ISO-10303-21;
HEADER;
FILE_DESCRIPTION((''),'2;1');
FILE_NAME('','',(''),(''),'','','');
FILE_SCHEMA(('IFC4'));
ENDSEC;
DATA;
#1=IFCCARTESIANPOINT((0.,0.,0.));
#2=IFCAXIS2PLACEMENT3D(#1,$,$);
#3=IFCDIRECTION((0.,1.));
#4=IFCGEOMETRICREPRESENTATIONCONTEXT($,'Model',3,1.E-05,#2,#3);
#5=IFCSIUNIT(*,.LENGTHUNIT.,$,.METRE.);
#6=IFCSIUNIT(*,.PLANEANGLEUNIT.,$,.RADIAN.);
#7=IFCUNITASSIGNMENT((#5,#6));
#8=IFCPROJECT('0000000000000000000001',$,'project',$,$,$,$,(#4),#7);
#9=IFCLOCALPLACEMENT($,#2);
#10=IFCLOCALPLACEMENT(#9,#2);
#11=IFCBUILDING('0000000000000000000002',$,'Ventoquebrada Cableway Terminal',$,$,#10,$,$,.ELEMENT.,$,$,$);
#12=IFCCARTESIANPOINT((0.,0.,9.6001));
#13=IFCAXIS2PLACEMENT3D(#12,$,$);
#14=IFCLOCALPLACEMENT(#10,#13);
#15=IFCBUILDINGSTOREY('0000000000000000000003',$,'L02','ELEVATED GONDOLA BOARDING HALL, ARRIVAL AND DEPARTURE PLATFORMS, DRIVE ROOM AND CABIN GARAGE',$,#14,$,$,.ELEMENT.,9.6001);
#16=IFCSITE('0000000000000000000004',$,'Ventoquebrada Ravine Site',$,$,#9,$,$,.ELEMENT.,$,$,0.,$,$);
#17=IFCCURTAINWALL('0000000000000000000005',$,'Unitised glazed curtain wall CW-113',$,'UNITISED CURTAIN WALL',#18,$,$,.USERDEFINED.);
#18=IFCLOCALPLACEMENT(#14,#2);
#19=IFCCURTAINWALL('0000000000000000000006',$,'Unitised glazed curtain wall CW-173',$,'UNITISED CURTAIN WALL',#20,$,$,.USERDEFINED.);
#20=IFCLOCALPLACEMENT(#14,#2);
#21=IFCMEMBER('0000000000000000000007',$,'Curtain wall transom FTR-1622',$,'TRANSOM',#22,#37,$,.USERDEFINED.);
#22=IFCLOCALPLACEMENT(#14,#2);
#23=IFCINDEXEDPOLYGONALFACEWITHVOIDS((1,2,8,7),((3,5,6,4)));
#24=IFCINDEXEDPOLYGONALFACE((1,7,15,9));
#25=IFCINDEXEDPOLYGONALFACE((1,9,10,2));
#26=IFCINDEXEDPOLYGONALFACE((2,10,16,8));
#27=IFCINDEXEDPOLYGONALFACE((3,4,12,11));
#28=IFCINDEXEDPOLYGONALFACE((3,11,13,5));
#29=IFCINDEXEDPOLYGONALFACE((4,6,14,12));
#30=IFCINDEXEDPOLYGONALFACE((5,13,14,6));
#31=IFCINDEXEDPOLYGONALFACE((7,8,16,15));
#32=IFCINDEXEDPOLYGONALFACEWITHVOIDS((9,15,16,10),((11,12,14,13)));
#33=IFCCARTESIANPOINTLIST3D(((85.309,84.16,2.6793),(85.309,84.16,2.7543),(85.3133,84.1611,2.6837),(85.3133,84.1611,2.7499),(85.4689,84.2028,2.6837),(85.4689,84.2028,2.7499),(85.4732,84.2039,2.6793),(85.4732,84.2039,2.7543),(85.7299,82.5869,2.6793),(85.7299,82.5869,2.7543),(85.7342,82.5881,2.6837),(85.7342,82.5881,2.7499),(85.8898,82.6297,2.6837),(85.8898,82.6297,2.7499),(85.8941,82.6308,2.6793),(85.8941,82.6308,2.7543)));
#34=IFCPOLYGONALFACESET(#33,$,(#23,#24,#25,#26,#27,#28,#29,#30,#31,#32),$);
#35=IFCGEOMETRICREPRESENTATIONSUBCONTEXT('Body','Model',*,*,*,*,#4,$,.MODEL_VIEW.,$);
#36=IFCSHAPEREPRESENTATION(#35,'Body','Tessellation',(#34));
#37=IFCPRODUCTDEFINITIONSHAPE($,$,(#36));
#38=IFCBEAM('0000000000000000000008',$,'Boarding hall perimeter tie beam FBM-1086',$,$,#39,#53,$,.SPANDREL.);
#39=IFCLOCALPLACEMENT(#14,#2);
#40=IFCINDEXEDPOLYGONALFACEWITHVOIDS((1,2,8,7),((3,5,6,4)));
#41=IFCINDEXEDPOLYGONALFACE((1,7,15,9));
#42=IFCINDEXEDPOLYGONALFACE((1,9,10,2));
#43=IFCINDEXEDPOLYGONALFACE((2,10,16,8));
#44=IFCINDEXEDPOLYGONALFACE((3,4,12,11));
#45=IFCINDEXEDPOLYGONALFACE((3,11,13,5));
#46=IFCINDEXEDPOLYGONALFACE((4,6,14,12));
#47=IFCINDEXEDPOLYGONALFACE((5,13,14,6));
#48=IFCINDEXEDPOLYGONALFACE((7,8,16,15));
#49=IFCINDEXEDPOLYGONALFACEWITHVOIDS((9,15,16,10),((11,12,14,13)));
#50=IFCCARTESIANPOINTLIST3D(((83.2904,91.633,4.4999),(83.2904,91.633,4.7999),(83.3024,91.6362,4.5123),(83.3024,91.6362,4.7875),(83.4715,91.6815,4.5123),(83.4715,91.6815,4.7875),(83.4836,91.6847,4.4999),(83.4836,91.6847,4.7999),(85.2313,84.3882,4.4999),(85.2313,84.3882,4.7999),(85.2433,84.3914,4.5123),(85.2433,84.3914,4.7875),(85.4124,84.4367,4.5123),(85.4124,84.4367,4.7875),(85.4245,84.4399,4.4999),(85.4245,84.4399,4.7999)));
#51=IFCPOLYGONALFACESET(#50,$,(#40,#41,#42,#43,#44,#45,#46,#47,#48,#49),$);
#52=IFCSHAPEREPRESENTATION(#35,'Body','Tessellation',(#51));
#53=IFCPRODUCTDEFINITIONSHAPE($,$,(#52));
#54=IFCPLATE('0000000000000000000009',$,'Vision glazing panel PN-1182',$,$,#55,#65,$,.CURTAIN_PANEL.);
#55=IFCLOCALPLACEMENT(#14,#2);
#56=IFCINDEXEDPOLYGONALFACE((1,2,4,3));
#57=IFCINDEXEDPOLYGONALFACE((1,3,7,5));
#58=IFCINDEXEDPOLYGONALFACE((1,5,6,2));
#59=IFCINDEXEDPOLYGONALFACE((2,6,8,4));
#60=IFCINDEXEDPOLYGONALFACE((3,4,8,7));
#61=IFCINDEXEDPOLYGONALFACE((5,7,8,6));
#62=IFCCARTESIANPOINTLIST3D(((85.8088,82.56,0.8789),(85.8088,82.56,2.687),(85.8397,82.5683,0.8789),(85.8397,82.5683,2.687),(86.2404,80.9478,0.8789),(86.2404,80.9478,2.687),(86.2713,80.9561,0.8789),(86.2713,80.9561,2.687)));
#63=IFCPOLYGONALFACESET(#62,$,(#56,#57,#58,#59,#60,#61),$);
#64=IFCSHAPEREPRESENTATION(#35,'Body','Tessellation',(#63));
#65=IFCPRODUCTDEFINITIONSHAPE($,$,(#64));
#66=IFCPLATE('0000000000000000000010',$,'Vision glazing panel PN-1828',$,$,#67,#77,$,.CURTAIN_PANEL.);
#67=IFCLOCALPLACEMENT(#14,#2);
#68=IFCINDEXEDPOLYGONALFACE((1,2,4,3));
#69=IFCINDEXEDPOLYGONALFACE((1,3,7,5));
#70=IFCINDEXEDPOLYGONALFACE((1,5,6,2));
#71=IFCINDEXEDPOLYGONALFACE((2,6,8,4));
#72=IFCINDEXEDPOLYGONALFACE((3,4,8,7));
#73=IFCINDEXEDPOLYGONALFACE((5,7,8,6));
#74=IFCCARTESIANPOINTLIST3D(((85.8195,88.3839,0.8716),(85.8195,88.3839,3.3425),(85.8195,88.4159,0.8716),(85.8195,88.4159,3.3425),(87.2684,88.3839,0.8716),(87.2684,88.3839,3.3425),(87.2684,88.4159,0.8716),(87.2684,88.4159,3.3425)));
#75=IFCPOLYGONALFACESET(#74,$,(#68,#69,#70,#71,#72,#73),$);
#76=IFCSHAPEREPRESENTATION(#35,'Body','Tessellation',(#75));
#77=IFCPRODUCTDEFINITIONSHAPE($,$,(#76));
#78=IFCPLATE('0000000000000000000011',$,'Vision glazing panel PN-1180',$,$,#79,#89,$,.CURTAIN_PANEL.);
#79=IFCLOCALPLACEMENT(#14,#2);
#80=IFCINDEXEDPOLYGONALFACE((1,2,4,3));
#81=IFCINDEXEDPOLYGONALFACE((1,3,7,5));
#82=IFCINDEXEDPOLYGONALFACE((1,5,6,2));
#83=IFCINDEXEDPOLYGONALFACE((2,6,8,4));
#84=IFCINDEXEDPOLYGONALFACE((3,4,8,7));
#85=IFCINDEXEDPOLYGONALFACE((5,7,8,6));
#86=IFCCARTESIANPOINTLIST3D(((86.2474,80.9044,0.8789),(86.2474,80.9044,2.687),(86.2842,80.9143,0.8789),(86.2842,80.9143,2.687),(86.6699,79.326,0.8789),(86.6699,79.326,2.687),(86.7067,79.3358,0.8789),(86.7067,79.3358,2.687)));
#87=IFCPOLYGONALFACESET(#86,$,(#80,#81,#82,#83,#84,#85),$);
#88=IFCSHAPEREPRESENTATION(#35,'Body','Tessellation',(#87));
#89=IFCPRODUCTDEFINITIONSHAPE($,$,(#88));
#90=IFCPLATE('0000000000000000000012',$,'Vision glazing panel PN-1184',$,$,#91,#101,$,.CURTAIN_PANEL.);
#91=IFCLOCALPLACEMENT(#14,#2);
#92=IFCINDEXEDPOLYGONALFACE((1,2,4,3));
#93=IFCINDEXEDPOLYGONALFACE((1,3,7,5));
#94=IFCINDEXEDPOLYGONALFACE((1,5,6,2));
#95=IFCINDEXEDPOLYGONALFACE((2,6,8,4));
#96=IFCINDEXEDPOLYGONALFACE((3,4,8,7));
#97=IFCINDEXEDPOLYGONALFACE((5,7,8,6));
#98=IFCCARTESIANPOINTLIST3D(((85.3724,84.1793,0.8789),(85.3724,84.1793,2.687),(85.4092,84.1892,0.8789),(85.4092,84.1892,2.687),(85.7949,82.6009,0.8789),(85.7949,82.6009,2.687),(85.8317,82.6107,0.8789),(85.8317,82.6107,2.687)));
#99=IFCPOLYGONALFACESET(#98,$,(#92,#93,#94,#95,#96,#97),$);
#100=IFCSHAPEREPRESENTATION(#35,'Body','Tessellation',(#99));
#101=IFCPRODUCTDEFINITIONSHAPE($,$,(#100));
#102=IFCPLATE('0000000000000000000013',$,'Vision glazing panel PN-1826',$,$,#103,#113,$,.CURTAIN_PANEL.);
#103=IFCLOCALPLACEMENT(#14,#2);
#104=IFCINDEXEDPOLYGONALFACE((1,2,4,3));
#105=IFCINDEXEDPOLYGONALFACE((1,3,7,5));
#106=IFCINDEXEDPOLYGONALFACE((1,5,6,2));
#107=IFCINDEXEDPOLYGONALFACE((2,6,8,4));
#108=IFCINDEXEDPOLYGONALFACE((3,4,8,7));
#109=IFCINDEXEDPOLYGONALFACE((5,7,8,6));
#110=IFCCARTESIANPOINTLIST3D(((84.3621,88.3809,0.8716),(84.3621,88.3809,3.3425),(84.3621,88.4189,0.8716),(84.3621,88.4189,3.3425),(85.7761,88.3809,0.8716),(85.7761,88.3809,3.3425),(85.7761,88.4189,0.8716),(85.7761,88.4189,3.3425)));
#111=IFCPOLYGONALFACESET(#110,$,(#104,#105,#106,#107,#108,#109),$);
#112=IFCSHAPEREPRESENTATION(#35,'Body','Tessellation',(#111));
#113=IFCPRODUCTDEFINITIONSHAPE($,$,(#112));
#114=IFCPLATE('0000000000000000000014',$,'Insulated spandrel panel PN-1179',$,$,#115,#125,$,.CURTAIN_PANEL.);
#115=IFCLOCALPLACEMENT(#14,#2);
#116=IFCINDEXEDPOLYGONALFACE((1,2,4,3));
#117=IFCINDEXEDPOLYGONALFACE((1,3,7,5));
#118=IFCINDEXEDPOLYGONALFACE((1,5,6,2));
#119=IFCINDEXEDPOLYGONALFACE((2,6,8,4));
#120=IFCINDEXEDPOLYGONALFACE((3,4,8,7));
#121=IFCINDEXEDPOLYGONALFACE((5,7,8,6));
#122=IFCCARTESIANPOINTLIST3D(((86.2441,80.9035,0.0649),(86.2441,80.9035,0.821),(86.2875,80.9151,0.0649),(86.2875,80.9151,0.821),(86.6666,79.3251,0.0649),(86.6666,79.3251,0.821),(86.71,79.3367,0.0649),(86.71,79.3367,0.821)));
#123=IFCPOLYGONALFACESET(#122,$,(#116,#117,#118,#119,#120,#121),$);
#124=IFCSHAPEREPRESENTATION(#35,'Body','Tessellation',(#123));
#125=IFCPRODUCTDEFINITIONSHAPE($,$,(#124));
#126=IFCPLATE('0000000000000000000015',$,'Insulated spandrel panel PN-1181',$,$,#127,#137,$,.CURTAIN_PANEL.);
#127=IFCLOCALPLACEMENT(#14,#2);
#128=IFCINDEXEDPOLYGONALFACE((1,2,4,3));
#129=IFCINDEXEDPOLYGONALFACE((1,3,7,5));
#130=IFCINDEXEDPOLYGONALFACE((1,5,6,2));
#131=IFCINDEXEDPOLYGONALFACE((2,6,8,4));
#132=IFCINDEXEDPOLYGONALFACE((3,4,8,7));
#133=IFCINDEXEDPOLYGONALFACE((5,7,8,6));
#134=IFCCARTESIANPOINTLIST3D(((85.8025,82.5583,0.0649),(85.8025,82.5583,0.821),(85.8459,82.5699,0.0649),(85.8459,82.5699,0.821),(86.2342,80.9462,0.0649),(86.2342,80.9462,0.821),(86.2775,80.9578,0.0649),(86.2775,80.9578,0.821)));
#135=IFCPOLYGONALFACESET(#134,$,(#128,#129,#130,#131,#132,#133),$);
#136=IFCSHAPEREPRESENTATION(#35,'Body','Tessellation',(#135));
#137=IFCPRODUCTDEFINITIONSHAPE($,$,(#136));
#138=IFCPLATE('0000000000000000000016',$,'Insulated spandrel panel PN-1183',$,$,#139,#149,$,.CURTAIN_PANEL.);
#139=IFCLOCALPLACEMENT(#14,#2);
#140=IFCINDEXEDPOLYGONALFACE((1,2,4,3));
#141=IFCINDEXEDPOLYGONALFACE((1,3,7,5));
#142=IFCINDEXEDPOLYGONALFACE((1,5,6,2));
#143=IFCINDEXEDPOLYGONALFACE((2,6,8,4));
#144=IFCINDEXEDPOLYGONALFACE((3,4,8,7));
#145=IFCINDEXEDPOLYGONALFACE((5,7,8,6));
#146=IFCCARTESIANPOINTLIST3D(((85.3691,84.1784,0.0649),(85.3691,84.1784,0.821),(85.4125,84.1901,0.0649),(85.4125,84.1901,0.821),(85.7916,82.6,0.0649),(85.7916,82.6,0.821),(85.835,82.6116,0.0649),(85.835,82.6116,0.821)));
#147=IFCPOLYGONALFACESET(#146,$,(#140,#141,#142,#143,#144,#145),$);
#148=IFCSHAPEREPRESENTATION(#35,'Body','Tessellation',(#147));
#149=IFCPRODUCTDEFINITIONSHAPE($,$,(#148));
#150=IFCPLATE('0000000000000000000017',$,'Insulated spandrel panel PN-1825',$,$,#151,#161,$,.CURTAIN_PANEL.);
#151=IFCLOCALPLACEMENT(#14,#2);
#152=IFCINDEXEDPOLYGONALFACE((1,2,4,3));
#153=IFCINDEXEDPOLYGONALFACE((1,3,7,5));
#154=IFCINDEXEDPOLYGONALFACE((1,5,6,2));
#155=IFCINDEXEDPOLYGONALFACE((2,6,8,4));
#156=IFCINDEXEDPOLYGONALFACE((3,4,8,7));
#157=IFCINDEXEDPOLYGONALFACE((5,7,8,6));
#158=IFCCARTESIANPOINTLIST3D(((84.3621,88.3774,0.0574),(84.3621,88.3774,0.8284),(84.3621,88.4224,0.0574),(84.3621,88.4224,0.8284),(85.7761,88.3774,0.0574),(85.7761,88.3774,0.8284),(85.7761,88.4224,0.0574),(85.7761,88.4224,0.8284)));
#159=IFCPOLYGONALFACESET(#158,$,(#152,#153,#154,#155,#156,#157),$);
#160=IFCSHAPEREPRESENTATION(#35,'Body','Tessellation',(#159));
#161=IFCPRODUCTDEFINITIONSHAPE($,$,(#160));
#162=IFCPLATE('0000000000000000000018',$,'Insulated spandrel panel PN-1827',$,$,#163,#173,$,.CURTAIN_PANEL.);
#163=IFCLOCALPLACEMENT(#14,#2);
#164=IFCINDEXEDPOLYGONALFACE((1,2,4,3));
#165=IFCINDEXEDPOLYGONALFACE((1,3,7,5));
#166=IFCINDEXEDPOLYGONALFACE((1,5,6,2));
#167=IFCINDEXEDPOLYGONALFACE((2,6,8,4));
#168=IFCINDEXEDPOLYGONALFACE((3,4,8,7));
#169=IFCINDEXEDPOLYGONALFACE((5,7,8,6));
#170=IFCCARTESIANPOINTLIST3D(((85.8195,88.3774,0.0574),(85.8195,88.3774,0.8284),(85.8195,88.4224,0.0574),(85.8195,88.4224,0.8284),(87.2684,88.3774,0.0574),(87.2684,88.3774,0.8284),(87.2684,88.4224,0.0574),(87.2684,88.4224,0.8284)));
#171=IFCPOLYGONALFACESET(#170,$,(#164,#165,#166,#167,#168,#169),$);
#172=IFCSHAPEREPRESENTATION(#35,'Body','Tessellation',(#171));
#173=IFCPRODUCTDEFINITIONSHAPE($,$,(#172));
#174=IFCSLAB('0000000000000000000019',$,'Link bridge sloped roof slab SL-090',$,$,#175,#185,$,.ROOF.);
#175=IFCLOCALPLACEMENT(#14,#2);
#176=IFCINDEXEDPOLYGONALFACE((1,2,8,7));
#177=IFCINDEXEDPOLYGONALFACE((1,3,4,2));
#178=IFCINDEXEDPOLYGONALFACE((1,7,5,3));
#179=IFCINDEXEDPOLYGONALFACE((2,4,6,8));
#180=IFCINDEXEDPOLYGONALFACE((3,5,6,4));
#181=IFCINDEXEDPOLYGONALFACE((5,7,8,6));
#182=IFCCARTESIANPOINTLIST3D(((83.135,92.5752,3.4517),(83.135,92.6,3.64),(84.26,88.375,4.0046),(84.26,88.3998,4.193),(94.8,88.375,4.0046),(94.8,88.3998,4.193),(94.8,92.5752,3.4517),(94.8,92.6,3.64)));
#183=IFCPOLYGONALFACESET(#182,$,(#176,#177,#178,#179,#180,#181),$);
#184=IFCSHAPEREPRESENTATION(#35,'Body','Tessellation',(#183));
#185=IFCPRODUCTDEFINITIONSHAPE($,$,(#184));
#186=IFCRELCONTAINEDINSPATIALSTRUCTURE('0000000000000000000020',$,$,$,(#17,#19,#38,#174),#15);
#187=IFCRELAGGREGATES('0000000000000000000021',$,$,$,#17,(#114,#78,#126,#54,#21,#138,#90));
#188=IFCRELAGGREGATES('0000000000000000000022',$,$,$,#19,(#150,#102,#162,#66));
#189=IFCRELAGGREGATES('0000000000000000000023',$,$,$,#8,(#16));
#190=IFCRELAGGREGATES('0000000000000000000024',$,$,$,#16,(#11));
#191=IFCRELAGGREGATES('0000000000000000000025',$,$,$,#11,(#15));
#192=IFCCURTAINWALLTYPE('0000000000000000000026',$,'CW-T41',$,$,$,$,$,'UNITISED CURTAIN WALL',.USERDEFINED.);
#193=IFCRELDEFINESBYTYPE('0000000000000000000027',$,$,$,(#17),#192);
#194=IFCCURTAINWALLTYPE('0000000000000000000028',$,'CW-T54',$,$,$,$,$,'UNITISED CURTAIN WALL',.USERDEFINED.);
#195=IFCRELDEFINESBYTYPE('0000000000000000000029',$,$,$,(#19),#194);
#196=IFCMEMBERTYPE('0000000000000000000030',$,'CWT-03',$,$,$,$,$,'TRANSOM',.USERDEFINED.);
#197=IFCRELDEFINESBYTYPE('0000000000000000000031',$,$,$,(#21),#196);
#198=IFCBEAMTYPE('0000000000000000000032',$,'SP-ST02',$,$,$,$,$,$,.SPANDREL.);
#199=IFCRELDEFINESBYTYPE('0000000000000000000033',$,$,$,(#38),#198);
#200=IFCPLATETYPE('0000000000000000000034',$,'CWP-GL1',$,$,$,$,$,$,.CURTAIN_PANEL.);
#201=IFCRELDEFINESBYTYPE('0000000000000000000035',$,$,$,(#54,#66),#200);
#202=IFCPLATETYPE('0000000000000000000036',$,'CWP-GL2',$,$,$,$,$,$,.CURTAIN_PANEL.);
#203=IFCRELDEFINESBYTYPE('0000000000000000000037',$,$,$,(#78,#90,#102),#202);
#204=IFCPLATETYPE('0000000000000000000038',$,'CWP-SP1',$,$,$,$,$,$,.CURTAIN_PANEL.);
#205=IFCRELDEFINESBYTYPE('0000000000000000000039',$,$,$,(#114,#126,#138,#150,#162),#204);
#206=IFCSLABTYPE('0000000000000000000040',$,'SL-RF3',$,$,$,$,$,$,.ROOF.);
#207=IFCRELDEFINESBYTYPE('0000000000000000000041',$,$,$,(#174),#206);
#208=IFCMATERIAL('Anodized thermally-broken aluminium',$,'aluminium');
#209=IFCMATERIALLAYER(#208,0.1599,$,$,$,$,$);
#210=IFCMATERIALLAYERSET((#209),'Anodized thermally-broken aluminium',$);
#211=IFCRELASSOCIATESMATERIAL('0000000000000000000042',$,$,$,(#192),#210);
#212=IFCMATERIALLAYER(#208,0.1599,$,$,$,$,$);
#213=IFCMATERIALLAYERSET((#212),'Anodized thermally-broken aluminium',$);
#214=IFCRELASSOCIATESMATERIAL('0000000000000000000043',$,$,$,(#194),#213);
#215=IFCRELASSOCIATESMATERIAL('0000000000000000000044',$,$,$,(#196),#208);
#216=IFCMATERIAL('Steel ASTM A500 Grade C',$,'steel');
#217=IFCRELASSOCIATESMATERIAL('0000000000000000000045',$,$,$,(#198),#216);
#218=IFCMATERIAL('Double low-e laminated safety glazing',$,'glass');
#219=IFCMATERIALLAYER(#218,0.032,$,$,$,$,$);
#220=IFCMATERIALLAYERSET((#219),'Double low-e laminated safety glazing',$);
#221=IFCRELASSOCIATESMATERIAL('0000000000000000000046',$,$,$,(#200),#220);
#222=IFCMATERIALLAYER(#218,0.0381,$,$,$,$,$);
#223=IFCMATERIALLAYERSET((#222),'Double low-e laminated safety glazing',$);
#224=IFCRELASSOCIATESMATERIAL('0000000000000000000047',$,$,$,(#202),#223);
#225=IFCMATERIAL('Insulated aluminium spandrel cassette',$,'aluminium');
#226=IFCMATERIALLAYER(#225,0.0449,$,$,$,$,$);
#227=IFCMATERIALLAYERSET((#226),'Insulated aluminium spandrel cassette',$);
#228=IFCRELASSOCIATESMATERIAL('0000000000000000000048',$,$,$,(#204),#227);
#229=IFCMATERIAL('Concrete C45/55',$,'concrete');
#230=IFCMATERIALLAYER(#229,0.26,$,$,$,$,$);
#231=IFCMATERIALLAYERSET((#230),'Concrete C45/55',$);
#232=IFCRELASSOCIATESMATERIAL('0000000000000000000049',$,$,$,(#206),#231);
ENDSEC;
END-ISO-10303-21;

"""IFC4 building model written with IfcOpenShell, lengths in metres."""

from ifc_helpers import new_model, si_unit, direction, frame, origin, origin_2d, place, context, subcontext, project, spatial, polyline, rectangle, hollow_rectangle, outline, extrude, material, layer, layer_set, material_profile, profile_set, type_object, element, aggregate, save


model = new_model("IFC4")

# Units and contexts
model_context = context("Model", 3, precision=1e-05, world=origin(), true_north=direction((0.0, 1.0)))
body_context = subcontext(model_context, "Body", "Model", "MODEL_VIEW")
ifc_project = project(units=[si_unit("LENGTHUNIT", "METRE"), si_unit("PLANEANGLEUNIT", "RADIAN")], contexts=[model_context])

# Site, building, storey
site_placement = place(None, origin())
site = spatial("IfcSite", under=ifc_project, at=site_placement, Name="Ventoquebrada Ravine Site", CompositionType="ELEMENT", RefElevation=0.0)
building_placement = place(site_placement, origin())
building = spatial("IfcBuilding", under=site, at=building_placement, Name="Ventoquebrada Cableway Terminal", CompositionType="ELEMENT")
storey_placement = place(building_placement, frame((0.0, 0.0, 9.6001)))
storey = spatial("IfcBuildingStorey", under=building, at=storey_placement, Name="L02", Description="ELEVATED GONDOLA BOARDING HALL, ARRIVAL AND DEPARTURE PLATFORMS, DRIVE ROOM AND CABIN GARAGE", CompositionType="ELEMENT", Elevation=9.6001)

# Shared definitions
ifc_material_1 = material(Name="Steel ASTM A500 Grade C", Category="steel")

# Curtain walls
ifc_material_2 = material(Name="Anodized thermally-broken aluminium", Category="aluminium")
ifc_layer_1 = layer(ifc_material_2, 0.1599)
ifc_layer_set_1 = layer_set([ifc_layer_1], Name="Anodized thermally-broken aluminium")
curtain_wall_type_1 = type_object("IfcCurtainWallType", Name="CW-T41", ElementType="UNITISED CURTAIN WALL", PredefinedType="USERDEFINED", material=ifc_layer_set_1)
curtain_wall_1_placement = place(storey_placement, origin())
curtain_wall_1 = element("IfcCurtainWall", 1, at=curtain_wall_1_placement, inside=storey, type_object=curtain_wall_type_1, Name="Unitised glazed curtain wall CW-113", ObjectType="UNITISED CURTAIN WALL", PredefinedType="USERDEFINED")
ifc_layer_2 = layer(ifc_material_2, 0.1599)
ifc_layer_set_2 = layer_set([ifc_layer_2], Name="Anodized thermally-broken aluminium")
curtain_wall_type_2 = type_object("IfcCurtainWallType", Name="CW-T54", ElementType="UNITISED CURTAIN WALL", PredefinedType="USERDEFINED", material=ifc_layer_set_2)
curtain_wall_2_placement = place(storey_placement, origin())
curtain_wall_2 = element("IfcCurtainWall", 2, at=curtain_wall_2_placement, inside=storey, type_object=curtain_wall_type_2, Name="Unitised glazed curtain wall CW-173", ObjectType="UNITISED CURTAIN WALL", PredefinedType="USERDEFINED")

# Member
ifc_material_profile_1 = material_profile(ifc_material_2, hollow_rectangle(XDim=0.075, YDim=0.1699, WallThickness=0.0044, at=origin_2d()), Name="CW-TRN-75X170")
ifc_profile_set_1 = profile_set([ifc_material_profile_1], Name="Anodized thermally-broken aluminium")
member_type_1 = type_object("IfcMemberType", Name="CWT-03", ElementType="TRANSOM", PredefinedType="USERDEFINED", material=ifc_profile_set_1)
member_1_placement = place(storey_placement, frame((85.812, 82.6089, 2.7168), z_axis=(-0.258484, 0.966016, 0.0), x_axis=(0.0, 0.0, 1.0)))
member_1 = element("IfcMember", 3, at=member_1_placement, type_object=member_type_1, Name="Curtain wall transom FTR-1622", ObjectType="TRANSOM", PredefinedType="USERDEFINED", context=body_context, shape_type="SweptSolid", body=[
    extrude(hollow_rectangle(XDim=0.075, YDim=0.1699, WallThickness=0.0044, at=origin_2d()), origin(), (0.0, 0.0, 1.0), 1.6284),
])

# Beam
ifc_material_profile_2 = material_profile(ifc_material_1, hollow_rectangle(XDim=0.2, YDim=0.3, WallThickness=0.0125, at=origin_2d()), Name="RHS300X200X12.5")
ifc_profile_set_2 = profile_set([ifc_material_profile_2], Name="Steel ASTM A500 Grade C")
beam_type_1 = type_object("IfcBeamType", Name="SP-ST02", PredefinedType="SPANDREL", material=ifc_profile_set_2)
beam_1_placement = place(storey_placement, frame((85.3279, 84.4141, 4.6499), z_axis=(-0.258777, 0.965937, 0.0), x_axis=(-0.965937, -0.258777, 0.0)))
element("IfcBeam", 4, at=beam_1_placement, inside=storey, type_object=beam_type_1, Name="Boarding hall perimeter tie beam FBM-1086", PredefinedType="SPANDREL", context=body_context, shape_type="SweptSolid", body=[
    extrude(hollow_rectangle(XDim=0.2, YDim=0.3, WallThickness=0.0125, at=origin_2d()), origin(), (0.0, 0.0, 1.0), 7.5002),
])

# Plates
ifc_material_3 = material(Name="Double low-e laminated safety glazing", Category="glass")
ifc_layer_3 = layer(ifc_material_3, 0.032)
ifc_layer_set_3 = layer_set([ifc_layer_3], Name="Double low-e laminated safety glazing")
plate_type_1 = type_object("IfcPlateType", Name="CWP-GL1", PredefinedType="CURTAIN_PANEL", material=ifc_layer_set_3)
plate_1_placement = place(storey_placement, frame((86.04, 81.7581, 0.8789), z_axis=(0.0, 0.0, 1.0), x_axis=(-0.258617, 0.96598, 0.0)))
plate_1 = element("IfcPlate", 5, at=plate_1_placement, type_object=plate_type_1, Name="Vision glazing panel PN-1182", PredefinedType="CURTAIN_PANEL", context=body_context, shape_type="SweptSolid", body=[
    extrude(rectangle(XDim=1.6689, YDim=0.032, at=origin_2d()), origin(), (0.0, 0.0, 1.0), 1.8081),
])
plate_2_placement = place(storey_placement, frame((86.5439, 88.3999, 0.8716), z_axis=(0.0, 0.0, 1.0), x_axis=(1.0, 0.0, 0.0)))
plate_2 = element("IfcPlate", 6, at=plate_2_placement, type_object=plate_type_1, Name="Vision glazing panel PN-1828", PredefinedType="CURTAIN_PANEL", context=body_context, shape_type="SweptSolid", body=[
    extrude(rectangle(XDim=1.449, YDim=0.032, at=origin_2d()), origin(), (0.0, 0.0, 1.0), 2.4709),
])
ifc_layer_4 = layer(ifc_material_3, 0.0381)
ifc_layer_set_4 = layer_set([ifc_layer_4], Name="Double low-e laminated safety glazing")
plate_type_2 = type_object("IfcPlateType", Name="CWP-GL2", PredefinedType="CURTAIN_PANEL", material=ifc_layer_set_4)
plate_3_placement = place(storey_placement, frame((86.4771, 80.1201, 0.8789), z_axis=(0.0, 0.0, 1.0), x_axis=(-0.258617, 0.96598, 0.0)))
plate_3 = element("IfcPlate", 7, at=plate_3_placement, type_object=plate_type_2, Name="Vision glazing panel PN-1180", PredefinedType="CURTAIN_PANEL", context=body_context, shape_type="SweptSolid", body=[
    extrude(rectangle(XDim=1.634, YDim=0.0381, at=origin_2d()), origin(), (0.0, 0.0, 1.0), 1.8081),
])
plate_4_placement = place(storey_placement, frame((85.6021, 83.395, 0.8789), z_axis=(0.0, 0.0, 1.0), x_axis=(-0.258617, 0.96598, 0.0)))
plate_4 = element("IfcPlate", 8, at=plate_4_placement, type_object=plate_type_2, Name="Vision glazing panel PN-1184", PredefinedType="CURTAIN_PANEL", context=body_context, shape_type="SweptSolid", body=[
    extrude(rectangle(XDim=1.634, YDim=0.0381, at=origin_2d()), origin(), (0.0, 0.0, 1.0), 1.8081),
])
plate_5_placement = place(storey_placement, frame((85.0691, 88.3999, 0.8716), z_axis=(0.0, 0.0, 1.0), x_axis=(1.0, 0.0, 0.0)))
plate_5 = element("IfcPlate", 9, at=plate_5_placement, type_object=plate_type_2, Name="Vision glazing panel PN-1826", PredefinedType="CURTAIN_PANEL", context=body_context, shape_type="SweptSolid", body=[
    extrude(rectangle(XDim=1.4141, YDim=0.0381, at=origin_2d()), origin(), (0.0, 0.0, 1.0), 2.4709),
])
ifc_material_4 = material(Name="Insulated aluminium spandrel cassette", Category="aluminium")
ifc_layer_5 = layer(ifc_material_4, 0.0449)
ifc_layer_set_5 = layer_set([ifc_layer_5], Name="Insulated aluminium spandrel cassette")
plate_type_3 = type_object("IfcPlateType", Name="CWP-SP1", PredefinedType="CURTAIN_PANEL", material=ifc_layer_set_5)
plate_6_placement = place(storey_placement, frame((86.4771, 80.1201, 0.0649), z_axis=(0.0, 0.0, 1.0), x_axis=(-0.258617, 0.96598, 0.0)))
plate_6 = element("IfcPlate", 10, at=plate_6_placement, type_object=plate_type_3, Name="Insulated spandrel panel PN-1179", PredefinedType="CURTAIN_PANEL", context=body_context, shape_type="SweptSolid", body=[
    extrude(rectangle(XDim=1.634, YDim=0.0449, at=origin_2d()), origin(), (0.0, 0.0, 1.0), 0.7561),
])
plate_7_placement = place(storey_placement, frame((86.04, 81.7581, 0.0649), z_axis=(0.0, 0.0, 1.0), x_axis=(-0.258617, 0.96598, 0.0)))
plate_7 = element("IfcPlate", 11, at=plate_7_placement, type_object=plate_type_3, Name="Insulated spandrel panel PN-1181", PredefinedType="CURTAIN_PANEL", context=body_context, shape_type="SweptSolid", body=[
    extrude(rectangle(XDim=1.6689, YDim=0.0449, at=origin_2d()), origin(), (0.0, 0.0, 1.0), 0.7561),
])
plate_8_placement = place(storey_placement, frame((85.6021, 83.395, 0.0649), z_axis=(0.0, 0.0, 1.0), x_axis=(-0.258617, 0.96598, 0.0)))
plate_8 = element("IfcPlate", 12, at=plate_8_placement, type_object=plate_type_3, Name="Insulated spandrel panel PN-1183", PredefinedType="CURTAIN_PANEL", context=body_context, shape_type="SweptSolid", body=[
    extrude(rectangle(XDim=1.634, YDim=0.0449, at=origin_2d()), origin(), (0.0, 0.0, 1.0), 0.7561),
])
aggregate(curtain_wall_1, [plate_6, plate_3, plate_7, plate_1, member_1, plate_8, plate_4])
plate_9_placement = place(storey_placement, frame((85.0691, 88.3999, 0.0574), z_axis=(0.0, 0.0, 1.0), x_axis=(1.0, 0.0, 0.0)))
plate_9 = element("IfcPlate", 13, at=plate_9_placement, type_object=plate_type_3, Name="Insulated spandrel panel PN-1825", PredefinedType="CURTAIN_PANEL", context=body_context, shape_type="SweptSolid", body=[
    extrude(rectangle(XDim=1.4141, YDim=0.0449, at=origin_2d()), origin(), (0.0, 0.0, 1.0), 0.771),
])
plate_10_placement = place(storey_placement, frame((86.5439, 88.3999, 0.0574), z_axis=(0.0, 0.0, 1.0), x_axis=(1.0, 0.0, 0.0)))
plate_10 = element("IfcPlate", 14, at=plate_10_placement, type_object=plate_type_3, Name="Insulated spandrel panel PN-1827", PredefinedType="CURTAIN_PANEL", context=body_context, shape_type="SweptSolid", body=[
    extrude(rectangle(XDim=1.449, YDim=0.0449, at=origin_2d()), origin(), (0.0, 0.0, 1.0), 0.771),
])
aggregate(curtain_wall_2, [plate_9, plate_5, plate_10, plate_2])

# Slab
ifc_material_5 = material(Name="Concrete C45/55", Category="concrete")
ifc_layer_6 = layer(ifc_material_5, 0.26)
ifc_layer_set_6 = layer_set([ifc_layer_6], Name="Concrete C45/55")
slab_type = type_object("IfcSlabType", Name="SL-RF3", PredefinedType="ROOF", material=ifc_layer_set_6)
slab_placement = place(storey_placement, frame((84.26, 88.375, 4.0046), z_axis=(0.0, 0.130529, 0.991444), x_axis=(1.0, 0.0, 0.0)))
element("IfcSlab", 15, at=slab_placement, inside=storey, type_object=slab_type, Name="Link bridge sloped roof slab SL-090", PredefinedType="ROOF", context=body_context, shape_type="SweptSolid", body=[
    extrude(outline(polyline([(0.0, 0.0), (10.54, 0.0), (10.54, 4.2364), (-1.125, 4.2364), (0.0, 0.0)])), origin(), (0.0, 0.0, 1.0), 0.1899),
])

save(model, "model.ifc")
